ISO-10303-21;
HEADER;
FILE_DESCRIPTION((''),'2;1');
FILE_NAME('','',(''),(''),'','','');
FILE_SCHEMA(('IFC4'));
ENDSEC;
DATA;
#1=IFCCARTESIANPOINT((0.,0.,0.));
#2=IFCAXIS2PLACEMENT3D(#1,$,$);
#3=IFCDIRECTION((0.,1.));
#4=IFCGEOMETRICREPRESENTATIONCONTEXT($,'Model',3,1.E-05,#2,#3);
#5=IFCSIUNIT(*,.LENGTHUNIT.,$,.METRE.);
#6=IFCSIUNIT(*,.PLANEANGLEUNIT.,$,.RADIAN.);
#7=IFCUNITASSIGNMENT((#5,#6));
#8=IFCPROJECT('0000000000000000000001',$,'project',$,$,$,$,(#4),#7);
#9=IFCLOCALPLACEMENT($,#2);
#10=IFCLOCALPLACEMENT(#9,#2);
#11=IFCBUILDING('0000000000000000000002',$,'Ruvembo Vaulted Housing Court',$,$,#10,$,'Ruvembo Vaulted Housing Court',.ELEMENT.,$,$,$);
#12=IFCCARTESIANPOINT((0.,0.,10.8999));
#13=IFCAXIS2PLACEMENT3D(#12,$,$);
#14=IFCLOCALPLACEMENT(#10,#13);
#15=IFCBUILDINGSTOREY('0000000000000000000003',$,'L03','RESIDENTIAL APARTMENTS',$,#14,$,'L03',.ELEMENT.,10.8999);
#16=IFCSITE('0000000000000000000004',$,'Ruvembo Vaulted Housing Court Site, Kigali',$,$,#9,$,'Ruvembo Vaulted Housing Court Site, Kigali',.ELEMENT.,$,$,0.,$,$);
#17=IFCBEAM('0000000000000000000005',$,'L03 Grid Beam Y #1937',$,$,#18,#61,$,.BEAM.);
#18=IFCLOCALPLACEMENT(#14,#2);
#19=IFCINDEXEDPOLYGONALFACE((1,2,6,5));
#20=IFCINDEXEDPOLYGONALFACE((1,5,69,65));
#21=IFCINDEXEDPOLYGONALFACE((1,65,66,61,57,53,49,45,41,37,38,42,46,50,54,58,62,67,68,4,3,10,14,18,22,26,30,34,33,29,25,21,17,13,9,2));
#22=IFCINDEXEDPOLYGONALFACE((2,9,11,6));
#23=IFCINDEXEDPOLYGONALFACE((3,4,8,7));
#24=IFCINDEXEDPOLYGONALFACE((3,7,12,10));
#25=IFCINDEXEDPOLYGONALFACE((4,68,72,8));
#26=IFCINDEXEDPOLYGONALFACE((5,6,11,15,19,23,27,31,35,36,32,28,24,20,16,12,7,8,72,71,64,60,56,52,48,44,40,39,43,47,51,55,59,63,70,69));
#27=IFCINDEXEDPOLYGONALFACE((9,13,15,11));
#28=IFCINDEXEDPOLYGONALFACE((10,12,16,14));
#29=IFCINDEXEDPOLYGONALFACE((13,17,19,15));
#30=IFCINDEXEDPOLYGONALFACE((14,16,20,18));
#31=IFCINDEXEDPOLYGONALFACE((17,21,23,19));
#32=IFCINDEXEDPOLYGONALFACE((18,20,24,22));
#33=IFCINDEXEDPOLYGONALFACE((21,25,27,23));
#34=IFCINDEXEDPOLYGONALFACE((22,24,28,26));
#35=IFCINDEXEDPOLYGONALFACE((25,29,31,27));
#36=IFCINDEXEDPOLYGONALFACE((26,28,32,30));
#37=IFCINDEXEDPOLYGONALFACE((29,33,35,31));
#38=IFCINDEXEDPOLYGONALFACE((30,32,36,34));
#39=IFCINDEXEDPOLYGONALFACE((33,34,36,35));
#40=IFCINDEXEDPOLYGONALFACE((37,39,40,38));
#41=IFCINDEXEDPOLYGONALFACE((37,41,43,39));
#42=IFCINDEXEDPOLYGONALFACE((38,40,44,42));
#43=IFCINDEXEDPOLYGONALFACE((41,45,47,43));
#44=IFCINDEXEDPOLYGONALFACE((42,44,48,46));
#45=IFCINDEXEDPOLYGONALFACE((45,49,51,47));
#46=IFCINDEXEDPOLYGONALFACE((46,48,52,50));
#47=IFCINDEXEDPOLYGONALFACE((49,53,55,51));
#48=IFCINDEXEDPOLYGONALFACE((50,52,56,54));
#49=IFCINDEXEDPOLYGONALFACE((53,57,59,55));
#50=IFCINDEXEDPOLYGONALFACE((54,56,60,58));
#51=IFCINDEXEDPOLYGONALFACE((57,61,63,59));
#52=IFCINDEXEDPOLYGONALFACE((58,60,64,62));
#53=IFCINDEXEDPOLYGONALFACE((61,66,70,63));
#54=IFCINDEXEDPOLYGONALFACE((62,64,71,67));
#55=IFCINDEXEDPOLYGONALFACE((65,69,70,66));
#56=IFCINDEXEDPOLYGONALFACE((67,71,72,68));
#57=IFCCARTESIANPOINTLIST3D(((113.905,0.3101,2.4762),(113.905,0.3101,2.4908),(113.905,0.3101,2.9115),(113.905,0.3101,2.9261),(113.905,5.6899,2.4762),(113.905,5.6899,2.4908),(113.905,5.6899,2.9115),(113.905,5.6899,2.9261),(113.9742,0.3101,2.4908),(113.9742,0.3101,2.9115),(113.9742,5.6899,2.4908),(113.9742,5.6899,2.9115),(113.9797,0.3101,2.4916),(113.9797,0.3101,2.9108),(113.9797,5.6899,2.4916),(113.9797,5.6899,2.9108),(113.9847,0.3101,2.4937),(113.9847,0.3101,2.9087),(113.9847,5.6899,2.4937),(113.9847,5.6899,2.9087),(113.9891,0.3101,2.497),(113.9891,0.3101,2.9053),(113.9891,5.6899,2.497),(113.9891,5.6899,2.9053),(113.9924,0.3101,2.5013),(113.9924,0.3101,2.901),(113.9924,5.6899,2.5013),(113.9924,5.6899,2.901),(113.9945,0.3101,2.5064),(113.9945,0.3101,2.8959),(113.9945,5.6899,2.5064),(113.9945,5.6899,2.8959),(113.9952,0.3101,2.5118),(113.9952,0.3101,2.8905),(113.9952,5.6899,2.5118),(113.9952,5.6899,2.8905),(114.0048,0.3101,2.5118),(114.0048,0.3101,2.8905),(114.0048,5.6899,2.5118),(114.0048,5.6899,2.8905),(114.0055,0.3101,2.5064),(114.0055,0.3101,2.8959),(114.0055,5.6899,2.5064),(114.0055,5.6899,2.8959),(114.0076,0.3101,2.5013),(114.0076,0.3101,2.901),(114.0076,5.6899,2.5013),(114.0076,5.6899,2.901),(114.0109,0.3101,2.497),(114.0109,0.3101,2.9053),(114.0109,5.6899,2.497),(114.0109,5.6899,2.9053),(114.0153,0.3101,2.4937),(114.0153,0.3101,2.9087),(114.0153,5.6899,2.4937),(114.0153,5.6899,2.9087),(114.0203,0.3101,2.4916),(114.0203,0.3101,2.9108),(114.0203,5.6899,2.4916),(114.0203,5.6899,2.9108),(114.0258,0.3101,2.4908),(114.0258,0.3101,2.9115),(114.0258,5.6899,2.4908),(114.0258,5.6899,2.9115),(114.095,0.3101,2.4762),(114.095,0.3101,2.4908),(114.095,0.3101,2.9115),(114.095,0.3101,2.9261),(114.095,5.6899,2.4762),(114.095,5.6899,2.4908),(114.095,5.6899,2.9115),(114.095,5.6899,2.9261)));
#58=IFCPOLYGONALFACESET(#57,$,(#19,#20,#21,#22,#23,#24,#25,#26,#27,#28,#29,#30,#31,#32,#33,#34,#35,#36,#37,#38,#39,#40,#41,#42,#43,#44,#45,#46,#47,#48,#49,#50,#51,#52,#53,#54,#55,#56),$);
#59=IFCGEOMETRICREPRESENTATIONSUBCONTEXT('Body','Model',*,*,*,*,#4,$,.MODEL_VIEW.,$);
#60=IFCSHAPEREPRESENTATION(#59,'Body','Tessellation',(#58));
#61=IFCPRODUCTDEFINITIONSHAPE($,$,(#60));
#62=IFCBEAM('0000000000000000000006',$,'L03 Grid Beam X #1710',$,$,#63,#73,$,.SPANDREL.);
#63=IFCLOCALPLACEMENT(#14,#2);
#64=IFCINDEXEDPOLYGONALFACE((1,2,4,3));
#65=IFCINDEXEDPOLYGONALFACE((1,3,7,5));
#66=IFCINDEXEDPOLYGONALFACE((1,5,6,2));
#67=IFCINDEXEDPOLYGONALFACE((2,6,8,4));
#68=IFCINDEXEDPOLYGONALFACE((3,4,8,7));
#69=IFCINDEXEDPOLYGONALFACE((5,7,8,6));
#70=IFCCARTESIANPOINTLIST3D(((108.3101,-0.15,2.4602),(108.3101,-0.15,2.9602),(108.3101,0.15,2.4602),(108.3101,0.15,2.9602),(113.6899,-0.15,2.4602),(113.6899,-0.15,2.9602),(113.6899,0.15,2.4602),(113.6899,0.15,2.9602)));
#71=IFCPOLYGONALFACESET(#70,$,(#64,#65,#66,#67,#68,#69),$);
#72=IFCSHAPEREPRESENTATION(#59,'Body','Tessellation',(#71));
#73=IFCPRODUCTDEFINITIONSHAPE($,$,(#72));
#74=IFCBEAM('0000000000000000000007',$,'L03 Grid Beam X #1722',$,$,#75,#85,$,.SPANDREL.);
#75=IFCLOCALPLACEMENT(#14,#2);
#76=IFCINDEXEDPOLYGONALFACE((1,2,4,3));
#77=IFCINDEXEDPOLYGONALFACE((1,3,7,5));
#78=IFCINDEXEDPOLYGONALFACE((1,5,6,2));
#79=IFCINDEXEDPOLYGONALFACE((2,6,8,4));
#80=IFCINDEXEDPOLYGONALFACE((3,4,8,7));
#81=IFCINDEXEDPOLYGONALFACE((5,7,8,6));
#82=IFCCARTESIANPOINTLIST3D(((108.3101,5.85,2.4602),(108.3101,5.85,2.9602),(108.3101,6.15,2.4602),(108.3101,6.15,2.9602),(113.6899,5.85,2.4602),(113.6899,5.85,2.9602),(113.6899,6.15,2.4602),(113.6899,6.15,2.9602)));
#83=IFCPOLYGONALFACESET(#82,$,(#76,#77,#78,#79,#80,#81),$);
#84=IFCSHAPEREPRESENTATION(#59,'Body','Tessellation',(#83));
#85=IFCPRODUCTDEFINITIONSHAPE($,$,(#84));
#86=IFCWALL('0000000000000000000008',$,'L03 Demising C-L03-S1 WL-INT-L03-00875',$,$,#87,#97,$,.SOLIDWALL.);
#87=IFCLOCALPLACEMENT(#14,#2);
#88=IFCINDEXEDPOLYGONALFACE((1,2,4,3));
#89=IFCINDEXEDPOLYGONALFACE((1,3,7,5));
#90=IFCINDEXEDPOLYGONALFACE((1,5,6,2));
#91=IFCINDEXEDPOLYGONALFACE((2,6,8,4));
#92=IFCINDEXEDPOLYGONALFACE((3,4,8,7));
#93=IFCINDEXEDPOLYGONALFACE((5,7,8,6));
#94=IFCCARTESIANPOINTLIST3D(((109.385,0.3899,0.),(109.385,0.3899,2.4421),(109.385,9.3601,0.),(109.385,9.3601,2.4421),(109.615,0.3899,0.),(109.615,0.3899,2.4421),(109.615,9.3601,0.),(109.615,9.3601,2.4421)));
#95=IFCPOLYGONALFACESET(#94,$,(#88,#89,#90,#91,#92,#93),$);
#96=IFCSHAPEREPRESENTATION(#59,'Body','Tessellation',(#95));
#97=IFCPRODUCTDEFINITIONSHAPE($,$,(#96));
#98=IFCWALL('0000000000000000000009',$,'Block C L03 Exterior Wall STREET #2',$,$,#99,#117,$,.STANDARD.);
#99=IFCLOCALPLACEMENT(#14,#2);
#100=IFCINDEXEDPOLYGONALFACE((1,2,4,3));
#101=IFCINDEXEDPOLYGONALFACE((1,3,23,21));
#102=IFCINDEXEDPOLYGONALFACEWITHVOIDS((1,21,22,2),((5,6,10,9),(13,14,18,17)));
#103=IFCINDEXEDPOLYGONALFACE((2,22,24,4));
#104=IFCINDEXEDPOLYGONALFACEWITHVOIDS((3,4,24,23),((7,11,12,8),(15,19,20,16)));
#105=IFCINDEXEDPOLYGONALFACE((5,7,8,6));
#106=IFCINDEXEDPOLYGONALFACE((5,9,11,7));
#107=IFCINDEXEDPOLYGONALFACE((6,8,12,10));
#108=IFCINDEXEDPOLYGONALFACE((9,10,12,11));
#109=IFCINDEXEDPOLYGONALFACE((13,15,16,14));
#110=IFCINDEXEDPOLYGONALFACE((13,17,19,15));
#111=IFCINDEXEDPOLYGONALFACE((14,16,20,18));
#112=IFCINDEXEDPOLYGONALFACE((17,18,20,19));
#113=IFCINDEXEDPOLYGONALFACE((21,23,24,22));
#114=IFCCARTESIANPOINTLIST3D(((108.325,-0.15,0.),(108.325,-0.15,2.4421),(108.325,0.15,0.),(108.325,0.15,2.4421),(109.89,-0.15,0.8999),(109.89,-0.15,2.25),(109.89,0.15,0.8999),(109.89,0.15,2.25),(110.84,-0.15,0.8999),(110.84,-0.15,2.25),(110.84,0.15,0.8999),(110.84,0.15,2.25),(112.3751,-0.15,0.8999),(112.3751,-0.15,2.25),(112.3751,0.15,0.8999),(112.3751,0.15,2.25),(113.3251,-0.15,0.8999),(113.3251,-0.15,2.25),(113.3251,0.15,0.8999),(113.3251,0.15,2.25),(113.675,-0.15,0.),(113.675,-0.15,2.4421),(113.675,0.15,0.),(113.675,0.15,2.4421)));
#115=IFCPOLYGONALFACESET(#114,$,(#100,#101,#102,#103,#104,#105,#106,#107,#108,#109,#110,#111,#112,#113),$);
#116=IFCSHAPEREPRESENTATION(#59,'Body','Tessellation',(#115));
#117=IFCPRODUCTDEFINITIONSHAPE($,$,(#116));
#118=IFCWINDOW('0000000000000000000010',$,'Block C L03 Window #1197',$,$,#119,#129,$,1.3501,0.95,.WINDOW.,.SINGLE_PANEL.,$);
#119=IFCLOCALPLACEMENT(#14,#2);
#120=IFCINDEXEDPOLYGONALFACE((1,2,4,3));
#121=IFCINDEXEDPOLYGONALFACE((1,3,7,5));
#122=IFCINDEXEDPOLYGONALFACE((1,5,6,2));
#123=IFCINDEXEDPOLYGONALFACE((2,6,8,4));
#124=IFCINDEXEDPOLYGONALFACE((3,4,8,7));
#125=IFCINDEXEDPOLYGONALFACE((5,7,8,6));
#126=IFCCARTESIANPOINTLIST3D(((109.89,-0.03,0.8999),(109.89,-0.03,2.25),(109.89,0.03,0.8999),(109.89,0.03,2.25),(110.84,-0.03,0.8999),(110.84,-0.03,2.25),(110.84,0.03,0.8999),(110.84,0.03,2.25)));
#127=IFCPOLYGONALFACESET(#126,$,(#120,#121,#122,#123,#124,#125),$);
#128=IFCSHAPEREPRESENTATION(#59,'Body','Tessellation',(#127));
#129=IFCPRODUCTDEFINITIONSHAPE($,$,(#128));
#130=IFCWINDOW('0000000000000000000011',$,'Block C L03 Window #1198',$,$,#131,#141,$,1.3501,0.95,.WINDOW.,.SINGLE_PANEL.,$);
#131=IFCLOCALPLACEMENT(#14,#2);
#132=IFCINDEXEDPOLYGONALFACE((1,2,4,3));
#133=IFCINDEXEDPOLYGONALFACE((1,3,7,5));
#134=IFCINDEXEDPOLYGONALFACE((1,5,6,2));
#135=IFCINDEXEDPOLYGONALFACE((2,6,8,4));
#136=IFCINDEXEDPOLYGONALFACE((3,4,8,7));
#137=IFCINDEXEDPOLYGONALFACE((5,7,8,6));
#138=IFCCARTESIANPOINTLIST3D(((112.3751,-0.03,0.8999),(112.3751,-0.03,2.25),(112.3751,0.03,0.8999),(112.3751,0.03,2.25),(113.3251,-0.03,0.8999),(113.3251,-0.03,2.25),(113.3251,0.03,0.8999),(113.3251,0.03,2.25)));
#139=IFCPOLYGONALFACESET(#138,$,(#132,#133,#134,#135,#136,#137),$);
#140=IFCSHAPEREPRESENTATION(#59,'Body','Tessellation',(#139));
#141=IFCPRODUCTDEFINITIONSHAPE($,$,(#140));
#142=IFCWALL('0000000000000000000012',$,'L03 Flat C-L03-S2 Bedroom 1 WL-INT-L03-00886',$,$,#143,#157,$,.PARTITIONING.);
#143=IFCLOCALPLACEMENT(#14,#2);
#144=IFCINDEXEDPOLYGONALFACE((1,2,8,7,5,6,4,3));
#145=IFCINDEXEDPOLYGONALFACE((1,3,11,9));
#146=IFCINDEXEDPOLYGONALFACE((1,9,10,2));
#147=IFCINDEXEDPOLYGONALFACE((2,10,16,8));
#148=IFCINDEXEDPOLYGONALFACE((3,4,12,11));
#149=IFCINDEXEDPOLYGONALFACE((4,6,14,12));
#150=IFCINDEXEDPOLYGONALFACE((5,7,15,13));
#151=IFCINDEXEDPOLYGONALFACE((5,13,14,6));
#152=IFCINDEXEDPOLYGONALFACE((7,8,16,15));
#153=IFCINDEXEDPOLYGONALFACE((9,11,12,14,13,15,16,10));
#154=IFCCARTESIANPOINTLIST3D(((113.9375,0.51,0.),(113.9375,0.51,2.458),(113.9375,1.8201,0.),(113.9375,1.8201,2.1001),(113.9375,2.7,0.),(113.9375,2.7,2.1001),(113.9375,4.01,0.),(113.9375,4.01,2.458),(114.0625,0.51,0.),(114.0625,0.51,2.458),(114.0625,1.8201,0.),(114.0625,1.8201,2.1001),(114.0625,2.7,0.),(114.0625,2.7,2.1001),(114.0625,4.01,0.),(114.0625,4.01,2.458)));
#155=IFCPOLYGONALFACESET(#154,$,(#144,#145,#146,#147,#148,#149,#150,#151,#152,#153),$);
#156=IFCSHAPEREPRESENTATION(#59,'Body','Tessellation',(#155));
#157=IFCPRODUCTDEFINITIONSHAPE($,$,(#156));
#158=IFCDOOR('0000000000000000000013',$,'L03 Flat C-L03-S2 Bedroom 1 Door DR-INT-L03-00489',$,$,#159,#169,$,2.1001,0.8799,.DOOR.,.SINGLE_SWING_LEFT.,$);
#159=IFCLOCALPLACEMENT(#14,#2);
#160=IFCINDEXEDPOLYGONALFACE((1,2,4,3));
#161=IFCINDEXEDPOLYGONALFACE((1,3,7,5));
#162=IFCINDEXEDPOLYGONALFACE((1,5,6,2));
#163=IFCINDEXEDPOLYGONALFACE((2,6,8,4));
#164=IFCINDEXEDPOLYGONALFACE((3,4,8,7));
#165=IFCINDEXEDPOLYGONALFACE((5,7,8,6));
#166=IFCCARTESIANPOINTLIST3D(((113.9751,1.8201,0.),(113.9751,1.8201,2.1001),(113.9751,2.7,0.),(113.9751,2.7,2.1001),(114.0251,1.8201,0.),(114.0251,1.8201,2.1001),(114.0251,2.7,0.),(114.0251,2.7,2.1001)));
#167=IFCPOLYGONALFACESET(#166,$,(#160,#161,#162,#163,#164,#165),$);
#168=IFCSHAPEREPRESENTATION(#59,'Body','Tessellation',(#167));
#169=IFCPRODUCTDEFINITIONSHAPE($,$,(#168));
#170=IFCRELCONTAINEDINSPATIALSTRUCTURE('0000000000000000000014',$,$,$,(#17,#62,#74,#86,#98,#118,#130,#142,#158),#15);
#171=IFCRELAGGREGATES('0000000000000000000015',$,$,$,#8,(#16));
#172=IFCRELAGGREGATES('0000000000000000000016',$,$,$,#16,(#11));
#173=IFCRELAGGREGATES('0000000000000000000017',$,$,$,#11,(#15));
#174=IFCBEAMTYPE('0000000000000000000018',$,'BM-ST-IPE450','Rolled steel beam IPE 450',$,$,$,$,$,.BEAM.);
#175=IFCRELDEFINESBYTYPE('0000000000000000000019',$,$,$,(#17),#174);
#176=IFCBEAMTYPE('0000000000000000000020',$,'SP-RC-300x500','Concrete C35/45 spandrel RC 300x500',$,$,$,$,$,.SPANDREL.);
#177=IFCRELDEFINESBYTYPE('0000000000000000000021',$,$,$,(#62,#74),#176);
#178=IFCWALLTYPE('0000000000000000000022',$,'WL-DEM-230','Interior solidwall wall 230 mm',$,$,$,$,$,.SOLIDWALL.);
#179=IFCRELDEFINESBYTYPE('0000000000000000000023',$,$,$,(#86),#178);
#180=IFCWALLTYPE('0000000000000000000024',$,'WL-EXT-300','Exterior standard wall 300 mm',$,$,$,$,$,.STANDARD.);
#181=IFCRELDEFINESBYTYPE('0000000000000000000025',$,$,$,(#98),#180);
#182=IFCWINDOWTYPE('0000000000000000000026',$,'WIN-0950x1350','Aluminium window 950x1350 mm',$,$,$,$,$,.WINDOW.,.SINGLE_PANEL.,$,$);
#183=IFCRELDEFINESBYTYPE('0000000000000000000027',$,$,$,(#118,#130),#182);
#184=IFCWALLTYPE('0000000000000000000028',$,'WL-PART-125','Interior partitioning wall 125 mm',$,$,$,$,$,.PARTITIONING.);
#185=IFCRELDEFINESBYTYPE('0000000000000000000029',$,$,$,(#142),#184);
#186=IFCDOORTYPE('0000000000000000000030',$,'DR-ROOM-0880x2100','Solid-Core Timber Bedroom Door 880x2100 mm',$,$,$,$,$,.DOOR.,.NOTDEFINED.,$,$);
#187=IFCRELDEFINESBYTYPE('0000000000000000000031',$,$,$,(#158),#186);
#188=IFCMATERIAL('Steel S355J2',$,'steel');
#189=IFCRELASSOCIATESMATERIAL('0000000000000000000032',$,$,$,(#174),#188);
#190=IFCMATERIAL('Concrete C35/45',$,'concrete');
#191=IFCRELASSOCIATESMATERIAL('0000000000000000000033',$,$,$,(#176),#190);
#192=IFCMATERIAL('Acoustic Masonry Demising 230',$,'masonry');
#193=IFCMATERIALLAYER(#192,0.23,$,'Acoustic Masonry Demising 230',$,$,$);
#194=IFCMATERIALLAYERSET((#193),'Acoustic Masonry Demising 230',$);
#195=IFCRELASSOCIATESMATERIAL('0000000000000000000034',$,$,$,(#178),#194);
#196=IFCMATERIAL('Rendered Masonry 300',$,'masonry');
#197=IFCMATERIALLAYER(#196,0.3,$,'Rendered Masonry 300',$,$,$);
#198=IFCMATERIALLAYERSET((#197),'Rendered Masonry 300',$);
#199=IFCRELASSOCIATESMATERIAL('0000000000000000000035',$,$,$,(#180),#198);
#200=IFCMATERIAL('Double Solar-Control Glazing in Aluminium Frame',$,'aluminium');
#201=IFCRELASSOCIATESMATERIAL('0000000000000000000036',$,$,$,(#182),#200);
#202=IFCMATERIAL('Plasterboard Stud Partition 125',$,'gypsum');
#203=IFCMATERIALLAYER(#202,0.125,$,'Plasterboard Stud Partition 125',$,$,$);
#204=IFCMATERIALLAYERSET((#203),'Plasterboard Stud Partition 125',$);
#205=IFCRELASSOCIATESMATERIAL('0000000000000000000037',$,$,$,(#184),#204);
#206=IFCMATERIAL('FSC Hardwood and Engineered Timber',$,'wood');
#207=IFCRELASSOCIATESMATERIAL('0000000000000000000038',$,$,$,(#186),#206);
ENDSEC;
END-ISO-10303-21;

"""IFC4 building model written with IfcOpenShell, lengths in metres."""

from ifc_helpers import new_model, si_unit, direction, frame, frame_2d, origin, origin_2d, place, context, subcontext, project, spatial, rectangle, i_section, extrude, material, layer, layer_set, material_profile, profile_set, type_object, element, fill, save


model = new_model("IFC4")

# Units and contexts
model_context = context("Model", 3, precision=1e-05, world=origin(), true_north=direction((0.0, 1.0)))
body_context = subcontext(model_context, "Body", "Model", "MODEL_VIEW")
ifc_project = project(units=[si_unit("LENGTHUNIT", "METRE"), si_unit("PLANEANGLEUNIT", "RADIAN")], contexts=[model_context])

# Site, building, storey
site_placement = place(None, origin())
site = spatial("IfcSite", under=ifc_project, at=site_placement, Name="Ruvembo Vaulted Housing Court Site, Kigali", LongName="Ruvembo Vaulted Housing Court Site, Kigali", CompositionType="ELEMENT", RefElevation=0.0)
building_placement = place(site_placement, origin())
building = spatial("IfcBuilding", under=site, at=building_placement, Name="Ruvembo Vaulted Housing Court", LongName="Ruvembo Vaulted Housing Court", CompositionType="ELEMENT")
storey_placement = place(building_placement, frame((0.0, 0.0, 10.8999)))
storey = spatial("IfcBuildingStorey", under=building, at=storey_placement, Name="L03", Description="RESIDENTIAL APARTMENTS", LongName="L03", CompositionType="ELEMENT", Elevation=10.8999)

# Beams
ifc_material_1 = material(Name="Steel S355J2", Category="steel")
ifc_material_profile_1 = material_profile(ifc_material_1, i_section(OverallWidth=0.1899, OverallDepth=0.45, WebThickness=0.0095, FlangeThickness=0.0146, FilletRadius=0.021, at=origin_2d()), Name="IPE 450")
ifc_profile_set_1 = profile_set([ifc_material_profile_1], Name="Steel S355J2")
beam_type_1 = type_object("IfcBeamType", Name="BM-ST-IPE450", Description="Rolled steel beam IPE 450", PredefinedType="BEAM", material=ifc_profile_set_1)
for number, where, z_axis, x_axis, name in (
    (1, (114.0, 0.3101, 2.7012), (0.0, 1.0, 0.0), (-1.0, 0.0, 0.0), "L03 Grid Beam Y #1937"),
):
    element("IfcBeam", number, at=place(storey_placement, frame(where, z_axis=z_axis, x_axis=x_axis)), inside=storey, type_object=beam_type_1, Name=name, PredefinedType="BEAM", context=body_context, shape_type="SweptSolid", body=[
        extrude(i_section(OverallWidth=0.1899, OverallDepth=0.45, WebThickness=0.0095, FlangeThickness=0.0146, FilletRadius=0.021, at=origin_2d()), origin(), (0.0, 0.0, 1.0), 5.3799),
    ])
ifc_material_2 = material(Name="Concrete C35/45", Category="concrete")
ifc_material_profile_2 = material_profile(ifc_material_2, rectangle(XDim=0.3, YDim=0.5, at=origin_2d()), Name="RC 300x500")
ifc_profile_set_2 = profile_set([ifc_material_profile_2], Name="Concrete C35/45")
beam_type_2 = type_object("IfcBeamType", Name="SP-RC-300x500", Description="Concrete C35/45 spandrel RC 300x500", PredefinedType="SPANDREL", material=ifc_profile_set_2)
for number, where, z_axis, x_axis, name in (
    (2, (108.3101, 0.0, 2.7102), (1.0, 0.0, 0.0), (0.0, 1.0, 0.0), "L03 Grid Beam X #1710"),
    (3, (108.3101, 6.0, 2.7102), (1.0, 0.0, 0.0), (0.0, 1.0, 0.0), "L03 Grid Beam X #1722"),
):
    element("IfcBeam", number, at=place(storey_placement, frame(where, z_axis=z_axis, x_axis=x_axis)), inside=storey, type_object=beam_type_2, Name=name, PredefinedType="SPANDREL", context=body_context, shape_type="SweptSolid", body=[
        extrude(rectangle(XDim=0.3, YDim=0.5, at=origin_2d()), origin(), (0.0, 0.0, 1.0), 5.3799),
    ])

# Shared definitions
ifc_material_3 = material(Name="FSC Hardwood and Engineered Timber", Category="wood")

# Wall
ifc_material_4 = material(Name="Acoustic Masonry Demising 230", Category="masonry")
ifc_layer_1 = layer(ifc_material_4, 0.23, Name="Acoustic Masonry Demising 230")
ifc_layer_set_1 = layer_set([ifc_layer_1], Name="Acoustic Masonry Demising 230")
wall_type_1 = type_object("IfcWallType", Name="WL-DEM-230", Description="Interior solidwall wall 230 mm", PredefinedType="SOLIDWALL", material=ifc_layer_set_1)
wall_1_placement = place(storey_placement, frame((109.5, 0.3899, 0.0), z_axis=(0.0, 0.0, 1.0), x_axis=(0.0, 1.0, 0.0)))
element("IfcWall", 4, at=wall_1_placement, inside=storey, type_object=wall_type_1, Name="L03 Demising C-L03-S1 WL-INT-L03-00875", PredefinedType="SOLIDWALL", context=body_context, shape_type="SweptSolid", body=[
    extrude(rectangle(XDim=8.9702, YDim=0.23, at=frame_2d((4.4851, 0.0))), origin(), (0.0, 0.0, 1.0), 2.4421),
])

# Wall, openings, windows
ifc_material_5 = material(Name="Rendered Masonry 300", Category="masonry")
ifc_layer_2 = layer(ifc_material_5, 0.3, Name="Rendered Masonry 300")
ifc_layer_set_2 = layer_set([ifc_layer_2], Name="Rendered Masonry 300")
wall_type_2 = type_object("IfcWallType", Name="WL-EXT-300", Description="Exterior standard wall 300 mm", PredefinedType="STANDARD", material=ifc_layer_set_2)
wall_2_placement = place(storey_placement, frame((108.325, 0.0, 0.0), z_axis=(0.0, 0.0, 1.0), x_axis=(1.0, 0.0, 0.0)))
wall_2 = element("IfcWall", 5, at=wall_2_placement, inside=storey, type_object=wall_type_2, Name="Block C L03 Exterior Wall STREET #2", PredefinedType="STANDARD", context=body_context, shape_type="SweptSolid", body=[
    extrude(rectangle(XDim=5.3501, YDim=0.3, at=frame_2d((2.675, 0.0))), origin(), (0.0, 0.0, 1.0), 2.4421),
])
opening_1_placement = place(wall_2_placement, frame((1.5649, 0.0, 0.8999)))
opening_1 = element("IfcOpeningElement", 6, at=opening_1_placement, cuts=wall_2, PredefinedType="OPENING", context=body_context, shape_type="SweptSolid", body=[
    extrude(rectangle(XDim=0.95, YDim=1.3501, at=frame_2d((0.4751, 0.675))), frame((0.0, 0.1599, 0.0), z_axis=(0.0, -1.0, 0.0), x_axis=(1.0, 0.0, 0.0)), (0.0, 0.0, 1.0), 0.3201),
])
opening_2_placement = place(wall_2_placement, frame((4.05, 0.0, 0.8999)))
opening_2 = element("IfcOpeningElement", 7, at=opening_2_placement, cuts=wall_2, PredefinedType="OPENING", context=body_context, shape_type="SweptSolid", body=[
    extrude(rectangle(XDim=0.95, YDim=1.3501, at=frame_2d((0.4751, 0.675))), frame((0.0, 0.1599, 0.0), z_axis=(0.0, -1.0, 0.0), x_axis=(1.0, 0.0, 0.0)), (0.0, 0.0, 1.0), 0.3201),
])
ifc_material_6 = material(Name="Double Solar-Control Glazing in Aluminium Frame", Category="aluminium")
window_type = type_object("IfcWindowType", Name="WIN-0950x1350", Description="Aluminium window 950x1350 mm", PartitioningType="SINGLE_PANEL", PredefinedType="WINDOW", material=ifc_material_6)
window_1_placement = place(opening_1_placement, origin())
window_1 = element("IfcWindow", 8, at=window_1_placement, inside=storey, type_object=window_type, Name="Block C L03 Window #1197", OverallHeight=1.3501, OverallWidth=0.95, PartitioningType="SINGLE_PANEL", PredefinedType="WINDOW", context=body_context, shape_type="SweptSolid", body=[
    extrude(rectangle(XDim=0.95, YDim=1.3501, at=frame_2d((0.4751, 0.675))), frame((0.0, 0.03, 0.0), z_axis=(0.0, -1.0, 0.0), x_axis=(1.0, 0.0, 0.0)), (0.0, 0.0, 1.0), 0.0601),
])
fill(opening_1, window_1)
window_2_placement = place(opening_2_placement, origin())
window_2 = element("IfcWindow", 9, at=window_2_placement, inside=storey, type_object=window_type, Name="Block C L03 Window #1198", OverallHeight=1.3501, OverallWidth=0.95, PartitioningType="SINGLE_PANEL", PredefinedType="WINDOW", context=body_context, shape_type="SweptSolid", body=[
    extrude(rectangle(XDim=0.95, YDim=1.3501, at=frame_2d((0.4751, 0.675))), frame((0.0, 0.03, 0.0), z_axis=(0.0, -1.0, 0.0), x_axis=(1.0, 0.0, 0.0)), (0.0, 0.0, 1.0), 0.0601),
])
fill(opening_2, window_2)

# Wall, opening, door
ifc_material_7 = material(Name="Plasterboard Stud Partition 125", Category="gypsum")
ifc_layer_3 = layer(ifc_material_7, 0.125, Name="Plasterboard Stud Partition 125")
ifc_layer_set_3 = layer_set([ifc_layer_3], Name="Plasterboard Stud Partition 125")
wall_type_3 = type_object("IfcWallType", Name="WL-PART-125", Description="Interior partitioning wall 125 mm", PredefinedType="PARTITIONING", material=ifc_layer_set_3)
wall_3_placement = place(storey_placement, frame((114.0, 0.51, 0.0), z_axis=(0.0, 0.0, 1.0), x_axis=(0.0, 1.0, 0.0)))
wall_3 = element("IfcWall", 10, at=wall_3_placement, inside=storey, type_object=wall_type_3, Name="L03 Flat C-L03-S2 Bedroom 1 WL-INT-L03-00886", PredefinedType="PARTITIONING", context=body_context, shape_type="SweptSolid", body=[
    extrude(rectangle(XDim=3.5, YDim=0.125, at=frame_2d((1.75, 0.0))), origin(), (0.0, 0.0, 1.0), 2.458),
])
opening_3_placement = place(wall_3_placement, frame((1.3101, 0.0, 0.0)))
opening_3 = element("IfcOpeningElement", 11, at=opening_3_placement, cuts=wall_3, PredefinedType="OPENING", context=body_context, shape_type="SweptSolid", body=[
    extrude(rectangle(XDim=0.8799, YDim=2.1001, at=frame_2d((0.4399, 1.05))), frame((0.0, 0.0725, 0.0), z_axis=(0.0, -1.0, 0.0), x_axis=(1.0, 0.0, 0.0)), (0.0, 0.0, 1.0), 0.145),
])
door_type_1 = type_object("IfcDoorType", Name="DR-ROOM-0880x2100", Description="Solid-Core Timber Bedroom Door 880x2100 mm", OperationType="NOTDEFINED", PredefinedType="DOOR", material=ifc_material_3)
door_1_placement = place(opening_3_placement, origin())
door_1 = element("IfcDoor", 12, at=door_1_placement, inside=storey, type_object=door_type_1, Name="L03 Flat C-L03-S2 Bedroom 1 Door DR-INT-L03-00489", OperationType="SINGLE_SWING_LEFT", OverallHeight=2.1001, OverallWidth=0.8799, PredefinedType="DOOR", context=body_context, shape_type="SweptSolid", body=[
    extrude(rectangle(XDim=0.8799, YDim=2.1001, at=frame_2d((0.4399, 1.05))), frame((0.0, 0.0249, 0.0), z_axis=(0.0, -1.0, 0.0), x_axis=(1.0, 0.0, 0.0)), (0.0, 0.0, 1.0), 0.05),
])
fill(opening_3, door_1)

save(model, "model.ifc")
